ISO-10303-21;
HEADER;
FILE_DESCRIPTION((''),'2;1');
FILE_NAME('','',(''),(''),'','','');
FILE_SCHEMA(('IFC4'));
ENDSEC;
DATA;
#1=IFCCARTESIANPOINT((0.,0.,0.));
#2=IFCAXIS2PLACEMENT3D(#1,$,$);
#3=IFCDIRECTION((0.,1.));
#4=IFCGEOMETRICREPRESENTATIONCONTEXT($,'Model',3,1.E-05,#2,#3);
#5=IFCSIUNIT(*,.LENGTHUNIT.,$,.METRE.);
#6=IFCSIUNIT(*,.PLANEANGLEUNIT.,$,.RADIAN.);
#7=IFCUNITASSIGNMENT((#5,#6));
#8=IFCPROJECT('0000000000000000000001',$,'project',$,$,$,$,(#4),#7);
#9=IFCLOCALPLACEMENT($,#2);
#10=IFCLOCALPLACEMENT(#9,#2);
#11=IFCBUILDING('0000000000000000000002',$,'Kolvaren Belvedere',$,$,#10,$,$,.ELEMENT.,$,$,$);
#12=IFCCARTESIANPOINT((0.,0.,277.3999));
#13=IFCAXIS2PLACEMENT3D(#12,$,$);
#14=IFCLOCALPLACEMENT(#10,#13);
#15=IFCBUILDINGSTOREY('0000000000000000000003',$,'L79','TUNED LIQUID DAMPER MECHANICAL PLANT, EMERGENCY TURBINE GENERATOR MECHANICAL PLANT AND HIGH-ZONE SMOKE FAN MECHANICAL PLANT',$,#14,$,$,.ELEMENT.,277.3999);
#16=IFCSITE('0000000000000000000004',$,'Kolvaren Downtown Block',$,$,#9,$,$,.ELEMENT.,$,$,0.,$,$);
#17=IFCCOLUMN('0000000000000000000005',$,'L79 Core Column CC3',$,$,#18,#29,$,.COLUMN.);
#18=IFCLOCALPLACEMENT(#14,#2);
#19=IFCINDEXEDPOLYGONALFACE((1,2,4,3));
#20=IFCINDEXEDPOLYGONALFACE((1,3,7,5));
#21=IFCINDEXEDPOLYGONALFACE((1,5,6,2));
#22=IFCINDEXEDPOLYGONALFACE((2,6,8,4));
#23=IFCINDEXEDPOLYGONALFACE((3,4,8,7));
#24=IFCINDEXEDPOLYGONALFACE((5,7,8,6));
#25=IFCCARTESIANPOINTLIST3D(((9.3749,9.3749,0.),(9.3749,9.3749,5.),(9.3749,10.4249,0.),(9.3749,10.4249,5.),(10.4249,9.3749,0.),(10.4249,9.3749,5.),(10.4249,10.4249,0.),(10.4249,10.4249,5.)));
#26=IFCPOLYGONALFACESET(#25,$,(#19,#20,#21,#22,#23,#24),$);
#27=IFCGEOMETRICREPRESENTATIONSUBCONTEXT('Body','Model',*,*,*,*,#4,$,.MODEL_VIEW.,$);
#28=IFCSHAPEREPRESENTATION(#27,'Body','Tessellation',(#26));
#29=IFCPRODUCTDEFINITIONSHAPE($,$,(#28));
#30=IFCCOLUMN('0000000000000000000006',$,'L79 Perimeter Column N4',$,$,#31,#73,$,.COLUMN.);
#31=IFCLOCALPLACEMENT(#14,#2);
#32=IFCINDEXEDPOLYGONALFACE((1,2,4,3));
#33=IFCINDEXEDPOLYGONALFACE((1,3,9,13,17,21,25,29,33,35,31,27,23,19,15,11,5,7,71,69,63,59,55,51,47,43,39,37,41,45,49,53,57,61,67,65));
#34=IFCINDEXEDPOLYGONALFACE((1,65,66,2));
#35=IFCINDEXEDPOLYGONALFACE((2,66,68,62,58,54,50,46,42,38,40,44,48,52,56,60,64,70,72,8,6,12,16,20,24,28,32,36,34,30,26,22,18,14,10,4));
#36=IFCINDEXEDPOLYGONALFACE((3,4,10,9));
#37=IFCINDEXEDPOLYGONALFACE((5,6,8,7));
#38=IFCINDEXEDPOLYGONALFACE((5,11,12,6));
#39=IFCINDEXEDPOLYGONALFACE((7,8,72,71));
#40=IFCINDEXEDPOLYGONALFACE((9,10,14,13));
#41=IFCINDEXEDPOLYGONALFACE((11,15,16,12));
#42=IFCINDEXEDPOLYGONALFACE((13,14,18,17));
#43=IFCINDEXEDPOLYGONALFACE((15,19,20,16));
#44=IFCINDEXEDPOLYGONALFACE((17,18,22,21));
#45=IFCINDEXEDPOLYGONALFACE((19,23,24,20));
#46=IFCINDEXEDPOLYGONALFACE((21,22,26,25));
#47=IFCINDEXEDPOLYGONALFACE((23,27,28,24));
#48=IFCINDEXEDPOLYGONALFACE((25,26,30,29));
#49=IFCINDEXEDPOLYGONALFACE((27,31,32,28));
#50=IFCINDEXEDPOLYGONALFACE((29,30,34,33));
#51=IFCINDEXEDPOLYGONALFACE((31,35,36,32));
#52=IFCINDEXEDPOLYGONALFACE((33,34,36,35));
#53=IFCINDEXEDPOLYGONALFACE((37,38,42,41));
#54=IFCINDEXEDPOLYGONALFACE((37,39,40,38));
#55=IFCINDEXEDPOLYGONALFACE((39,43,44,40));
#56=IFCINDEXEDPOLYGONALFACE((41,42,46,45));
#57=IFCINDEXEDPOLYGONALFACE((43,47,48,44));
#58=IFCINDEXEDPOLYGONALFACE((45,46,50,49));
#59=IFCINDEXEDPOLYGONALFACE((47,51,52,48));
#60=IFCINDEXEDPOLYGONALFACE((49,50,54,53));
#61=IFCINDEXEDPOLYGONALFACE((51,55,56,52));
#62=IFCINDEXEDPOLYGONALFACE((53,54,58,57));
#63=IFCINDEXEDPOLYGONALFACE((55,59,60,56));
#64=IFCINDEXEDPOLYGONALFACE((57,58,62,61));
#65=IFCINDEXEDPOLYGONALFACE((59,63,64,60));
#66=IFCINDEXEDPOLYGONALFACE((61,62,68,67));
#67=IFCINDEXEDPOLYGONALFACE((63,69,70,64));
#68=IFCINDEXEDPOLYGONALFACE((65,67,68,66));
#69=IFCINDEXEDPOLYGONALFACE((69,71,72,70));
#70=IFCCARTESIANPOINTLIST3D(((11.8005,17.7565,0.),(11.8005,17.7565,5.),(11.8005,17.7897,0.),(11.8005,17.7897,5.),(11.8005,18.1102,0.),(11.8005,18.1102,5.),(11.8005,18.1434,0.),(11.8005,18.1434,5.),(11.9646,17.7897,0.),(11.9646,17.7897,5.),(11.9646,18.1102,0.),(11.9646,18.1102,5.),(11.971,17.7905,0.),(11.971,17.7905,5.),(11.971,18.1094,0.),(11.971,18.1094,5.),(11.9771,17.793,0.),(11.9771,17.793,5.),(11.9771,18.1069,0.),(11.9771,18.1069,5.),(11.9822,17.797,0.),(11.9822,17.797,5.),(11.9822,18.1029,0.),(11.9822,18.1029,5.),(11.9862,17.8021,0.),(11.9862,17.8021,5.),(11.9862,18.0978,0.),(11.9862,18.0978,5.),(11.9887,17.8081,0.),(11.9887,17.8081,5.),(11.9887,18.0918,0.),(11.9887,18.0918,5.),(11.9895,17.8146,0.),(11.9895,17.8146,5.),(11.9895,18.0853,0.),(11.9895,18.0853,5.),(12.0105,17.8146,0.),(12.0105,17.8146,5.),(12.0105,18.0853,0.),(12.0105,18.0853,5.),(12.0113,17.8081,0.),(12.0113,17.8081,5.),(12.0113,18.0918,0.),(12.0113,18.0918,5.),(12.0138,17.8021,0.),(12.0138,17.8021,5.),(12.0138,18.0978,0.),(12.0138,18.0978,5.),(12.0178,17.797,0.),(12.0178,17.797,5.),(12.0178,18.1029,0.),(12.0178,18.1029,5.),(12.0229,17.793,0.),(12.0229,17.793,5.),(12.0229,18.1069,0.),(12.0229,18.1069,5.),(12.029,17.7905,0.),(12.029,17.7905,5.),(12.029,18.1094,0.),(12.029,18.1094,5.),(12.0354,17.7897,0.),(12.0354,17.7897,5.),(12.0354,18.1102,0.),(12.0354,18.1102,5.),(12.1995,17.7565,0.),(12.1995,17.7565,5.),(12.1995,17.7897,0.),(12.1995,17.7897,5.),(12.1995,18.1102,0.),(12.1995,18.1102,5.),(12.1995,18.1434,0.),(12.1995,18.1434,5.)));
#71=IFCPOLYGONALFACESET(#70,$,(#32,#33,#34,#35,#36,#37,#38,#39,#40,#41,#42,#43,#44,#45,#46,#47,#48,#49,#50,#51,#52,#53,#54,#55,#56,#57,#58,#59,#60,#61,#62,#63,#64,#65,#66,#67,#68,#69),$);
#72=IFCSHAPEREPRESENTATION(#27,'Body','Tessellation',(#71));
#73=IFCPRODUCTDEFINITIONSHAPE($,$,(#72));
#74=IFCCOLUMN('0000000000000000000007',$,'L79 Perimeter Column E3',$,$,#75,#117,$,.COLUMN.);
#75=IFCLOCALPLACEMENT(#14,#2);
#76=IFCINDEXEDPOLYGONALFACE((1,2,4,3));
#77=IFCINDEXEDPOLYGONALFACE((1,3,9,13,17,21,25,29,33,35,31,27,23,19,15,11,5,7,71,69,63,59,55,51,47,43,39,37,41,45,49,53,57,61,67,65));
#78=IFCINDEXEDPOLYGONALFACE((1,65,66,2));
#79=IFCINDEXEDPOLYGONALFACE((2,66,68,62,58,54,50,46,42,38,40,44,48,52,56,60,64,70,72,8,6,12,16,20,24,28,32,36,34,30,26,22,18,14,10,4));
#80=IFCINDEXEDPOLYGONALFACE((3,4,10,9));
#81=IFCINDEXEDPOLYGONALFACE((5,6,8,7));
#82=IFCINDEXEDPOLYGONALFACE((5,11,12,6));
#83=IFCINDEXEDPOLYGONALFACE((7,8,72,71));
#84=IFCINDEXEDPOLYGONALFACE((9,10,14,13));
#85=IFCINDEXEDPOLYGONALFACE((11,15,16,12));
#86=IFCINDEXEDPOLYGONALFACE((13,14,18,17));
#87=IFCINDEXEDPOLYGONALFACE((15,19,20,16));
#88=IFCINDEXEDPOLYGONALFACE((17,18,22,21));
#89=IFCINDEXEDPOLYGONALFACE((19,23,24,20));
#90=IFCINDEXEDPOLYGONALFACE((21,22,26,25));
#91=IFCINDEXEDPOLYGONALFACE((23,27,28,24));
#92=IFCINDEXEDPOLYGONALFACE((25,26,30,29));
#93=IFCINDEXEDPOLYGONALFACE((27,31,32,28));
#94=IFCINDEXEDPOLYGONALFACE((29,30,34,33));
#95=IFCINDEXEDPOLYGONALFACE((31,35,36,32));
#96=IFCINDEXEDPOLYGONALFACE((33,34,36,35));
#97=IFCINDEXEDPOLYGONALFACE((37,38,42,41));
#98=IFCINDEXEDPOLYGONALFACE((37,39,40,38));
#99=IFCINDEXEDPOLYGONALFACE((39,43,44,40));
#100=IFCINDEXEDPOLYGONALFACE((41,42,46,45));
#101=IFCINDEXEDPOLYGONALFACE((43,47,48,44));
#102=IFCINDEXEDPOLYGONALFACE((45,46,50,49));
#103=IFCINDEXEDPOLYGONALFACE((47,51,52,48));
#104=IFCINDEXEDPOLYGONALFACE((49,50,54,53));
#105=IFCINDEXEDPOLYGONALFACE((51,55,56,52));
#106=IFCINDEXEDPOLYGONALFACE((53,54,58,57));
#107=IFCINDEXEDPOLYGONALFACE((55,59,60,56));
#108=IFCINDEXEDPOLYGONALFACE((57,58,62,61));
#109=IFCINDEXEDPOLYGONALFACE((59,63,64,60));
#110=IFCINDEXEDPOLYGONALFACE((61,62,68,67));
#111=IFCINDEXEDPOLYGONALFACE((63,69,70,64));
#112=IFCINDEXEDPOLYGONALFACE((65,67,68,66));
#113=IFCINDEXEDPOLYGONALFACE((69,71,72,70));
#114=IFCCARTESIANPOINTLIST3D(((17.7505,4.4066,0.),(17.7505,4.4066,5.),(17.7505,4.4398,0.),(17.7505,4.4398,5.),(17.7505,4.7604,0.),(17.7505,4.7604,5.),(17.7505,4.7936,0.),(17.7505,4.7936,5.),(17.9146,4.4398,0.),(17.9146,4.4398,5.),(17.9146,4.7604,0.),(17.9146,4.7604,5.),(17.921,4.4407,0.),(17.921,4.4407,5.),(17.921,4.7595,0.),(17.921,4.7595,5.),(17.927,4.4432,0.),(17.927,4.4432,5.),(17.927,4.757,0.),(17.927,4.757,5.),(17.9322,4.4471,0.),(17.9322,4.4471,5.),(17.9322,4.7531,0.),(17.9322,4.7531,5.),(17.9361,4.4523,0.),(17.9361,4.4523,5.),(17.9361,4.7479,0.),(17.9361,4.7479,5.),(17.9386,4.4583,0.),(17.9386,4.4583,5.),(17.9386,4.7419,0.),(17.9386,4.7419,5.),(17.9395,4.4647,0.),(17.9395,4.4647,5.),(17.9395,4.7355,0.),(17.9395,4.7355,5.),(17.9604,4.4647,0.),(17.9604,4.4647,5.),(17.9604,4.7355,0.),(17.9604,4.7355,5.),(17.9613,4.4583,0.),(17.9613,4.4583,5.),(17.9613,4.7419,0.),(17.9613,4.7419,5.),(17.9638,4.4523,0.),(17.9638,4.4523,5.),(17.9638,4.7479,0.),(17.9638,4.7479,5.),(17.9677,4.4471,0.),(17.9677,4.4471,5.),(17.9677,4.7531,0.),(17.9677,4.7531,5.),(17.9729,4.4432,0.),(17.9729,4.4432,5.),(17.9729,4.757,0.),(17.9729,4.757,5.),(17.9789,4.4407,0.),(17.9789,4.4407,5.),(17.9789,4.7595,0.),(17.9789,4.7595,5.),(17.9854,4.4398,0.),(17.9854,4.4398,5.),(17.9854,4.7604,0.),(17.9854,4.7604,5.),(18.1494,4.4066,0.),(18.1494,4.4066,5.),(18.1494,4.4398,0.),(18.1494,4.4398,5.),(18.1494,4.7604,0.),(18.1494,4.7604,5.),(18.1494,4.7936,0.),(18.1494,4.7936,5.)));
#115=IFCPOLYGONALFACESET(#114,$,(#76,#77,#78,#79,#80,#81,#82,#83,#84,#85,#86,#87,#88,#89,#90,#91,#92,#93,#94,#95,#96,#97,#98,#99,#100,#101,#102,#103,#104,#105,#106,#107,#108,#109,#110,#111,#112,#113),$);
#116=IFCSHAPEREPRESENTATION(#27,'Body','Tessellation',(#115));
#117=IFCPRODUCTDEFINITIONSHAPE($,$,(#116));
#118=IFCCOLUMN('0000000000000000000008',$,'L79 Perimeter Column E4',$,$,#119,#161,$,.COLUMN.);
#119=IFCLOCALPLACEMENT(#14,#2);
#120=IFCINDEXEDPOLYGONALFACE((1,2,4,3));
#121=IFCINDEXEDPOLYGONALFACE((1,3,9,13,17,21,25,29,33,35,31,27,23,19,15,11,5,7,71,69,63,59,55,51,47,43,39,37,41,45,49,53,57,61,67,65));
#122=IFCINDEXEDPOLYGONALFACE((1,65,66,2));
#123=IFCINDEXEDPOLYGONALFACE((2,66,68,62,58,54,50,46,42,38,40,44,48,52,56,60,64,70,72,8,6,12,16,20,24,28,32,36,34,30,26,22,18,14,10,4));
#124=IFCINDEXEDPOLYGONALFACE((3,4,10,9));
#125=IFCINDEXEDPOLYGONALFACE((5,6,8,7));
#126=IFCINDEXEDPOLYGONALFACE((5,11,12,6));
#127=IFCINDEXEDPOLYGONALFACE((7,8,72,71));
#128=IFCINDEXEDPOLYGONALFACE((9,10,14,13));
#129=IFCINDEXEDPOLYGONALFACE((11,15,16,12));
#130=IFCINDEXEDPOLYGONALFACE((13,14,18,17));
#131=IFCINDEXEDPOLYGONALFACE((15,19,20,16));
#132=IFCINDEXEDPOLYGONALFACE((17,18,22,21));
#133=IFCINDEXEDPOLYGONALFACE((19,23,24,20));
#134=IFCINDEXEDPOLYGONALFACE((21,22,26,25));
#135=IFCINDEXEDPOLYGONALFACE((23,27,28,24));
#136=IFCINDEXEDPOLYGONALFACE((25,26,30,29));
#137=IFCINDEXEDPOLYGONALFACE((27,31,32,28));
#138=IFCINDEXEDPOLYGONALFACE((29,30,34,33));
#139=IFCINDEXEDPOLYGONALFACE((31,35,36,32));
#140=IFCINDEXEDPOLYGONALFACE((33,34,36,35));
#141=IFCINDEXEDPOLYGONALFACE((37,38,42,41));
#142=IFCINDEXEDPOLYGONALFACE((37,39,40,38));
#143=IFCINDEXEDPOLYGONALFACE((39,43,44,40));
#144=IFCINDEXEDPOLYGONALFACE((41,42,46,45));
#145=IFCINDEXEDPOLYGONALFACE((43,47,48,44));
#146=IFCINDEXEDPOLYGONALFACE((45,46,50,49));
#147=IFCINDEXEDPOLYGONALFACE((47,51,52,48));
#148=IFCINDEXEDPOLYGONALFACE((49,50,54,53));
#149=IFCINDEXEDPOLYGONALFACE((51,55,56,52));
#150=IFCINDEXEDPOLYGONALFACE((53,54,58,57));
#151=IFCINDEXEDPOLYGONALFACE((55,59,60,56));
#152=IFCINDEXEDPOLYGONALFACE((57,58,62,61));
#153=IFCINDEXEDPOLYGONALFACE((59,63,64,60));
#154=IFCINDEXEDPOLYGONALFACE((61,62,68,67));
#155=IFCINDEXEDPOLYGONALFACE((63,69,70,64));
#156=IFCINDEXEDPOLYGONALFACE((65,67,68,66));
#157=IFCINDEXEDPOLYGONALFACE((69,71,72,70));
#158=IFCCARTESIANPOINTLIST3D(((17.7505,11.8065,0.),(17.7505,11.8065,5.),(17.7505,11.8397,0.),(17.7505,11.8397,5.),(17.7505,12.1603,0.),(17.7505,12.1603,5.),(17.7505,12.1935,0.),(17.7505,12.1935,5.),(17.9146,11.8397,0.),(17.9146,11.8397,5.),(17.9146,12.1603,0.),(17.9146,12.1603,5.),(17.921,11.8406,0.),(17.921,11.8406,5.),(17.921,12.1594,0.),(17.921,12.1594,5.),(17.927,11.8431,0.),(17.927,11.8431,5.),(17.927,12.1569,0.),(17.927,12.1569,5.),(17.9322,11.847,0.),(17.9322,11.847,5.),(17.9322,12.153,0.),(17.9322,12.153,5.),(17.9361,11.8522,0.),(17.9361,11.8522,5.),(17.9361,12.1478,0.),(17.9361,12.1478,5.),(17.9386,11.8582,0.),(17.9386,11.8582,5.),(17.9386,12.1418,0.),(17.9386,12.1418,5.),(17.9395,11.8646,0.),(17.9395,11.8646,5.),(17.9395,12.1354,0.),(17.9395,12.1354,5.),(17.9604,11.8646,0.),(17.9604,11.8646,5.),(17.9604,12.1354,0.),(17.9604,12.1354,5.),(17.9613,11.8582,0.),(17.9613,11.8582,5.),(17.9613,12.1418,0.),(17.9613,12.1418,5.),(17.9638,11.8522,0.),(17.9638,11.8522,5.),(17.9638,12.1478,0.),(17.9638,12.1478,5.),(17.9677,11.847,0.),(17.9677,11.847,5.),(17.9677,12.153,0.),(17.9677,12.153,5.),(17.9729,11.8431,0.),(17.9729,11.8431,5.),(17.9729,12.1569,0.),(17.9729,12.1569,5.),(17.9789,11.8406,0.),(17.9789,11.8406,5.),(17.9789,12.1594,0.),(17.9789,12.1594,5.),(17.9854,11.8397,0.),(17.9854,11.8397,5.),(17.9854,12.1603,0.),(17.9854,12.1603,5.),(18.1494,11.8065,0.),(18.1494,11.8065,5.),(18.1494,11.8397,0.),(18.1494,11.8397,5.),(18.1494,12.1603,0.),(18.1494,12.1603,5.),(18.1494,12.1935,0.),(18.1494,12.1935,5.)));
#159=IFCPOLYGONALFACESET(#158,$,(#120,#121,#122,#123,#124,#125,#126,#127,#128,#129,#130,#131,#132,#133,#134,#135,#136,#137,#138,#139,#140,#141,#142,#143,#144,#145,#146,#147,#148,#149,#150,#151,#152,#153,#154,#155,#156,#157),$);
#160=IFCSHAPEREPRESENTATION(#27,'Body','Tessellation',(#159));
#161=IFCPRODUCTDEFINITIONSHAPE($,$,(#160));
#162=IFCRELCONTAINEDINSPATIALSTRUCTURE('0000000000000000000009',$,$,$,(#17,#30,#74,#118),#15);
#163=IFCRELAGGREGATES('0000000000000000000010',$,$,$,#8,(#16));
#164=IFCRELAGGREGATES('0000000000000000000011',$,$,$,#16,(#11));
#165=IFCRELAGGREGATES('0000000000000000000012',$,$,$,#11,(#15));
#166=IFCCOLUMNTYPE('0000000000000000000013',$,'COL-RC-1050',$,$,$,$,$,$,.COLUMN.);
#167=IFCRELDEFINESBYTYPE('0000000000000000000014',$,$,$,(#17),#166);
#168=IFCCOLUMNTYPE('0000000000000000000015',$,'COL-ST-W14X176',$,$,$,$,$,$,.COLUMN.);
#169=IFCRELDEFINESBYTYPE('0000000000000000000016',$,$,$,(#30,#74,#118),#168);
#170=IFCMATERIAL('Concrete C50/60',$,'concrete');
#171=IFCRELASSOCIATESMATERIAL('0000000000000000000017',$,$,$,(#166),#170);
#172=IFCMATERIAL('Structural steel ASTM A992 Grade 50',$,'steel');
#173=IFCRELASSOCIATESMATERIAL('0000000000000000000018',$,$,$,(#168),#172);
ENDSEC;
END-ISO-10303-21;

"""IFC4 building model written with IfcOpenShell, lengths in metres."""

from ifc_helpers import new_model, si_unit, direction, frame, origin, origin_2d, place, context, subcontext, project, spatial, rectangle, i_section, extrude, material, material_profile, profile_set, type_object, element, save


model = new_model("IFC4")

# Units and contexts
model_context = context("Model", 3, precision=1e-05, world=origin(), true_north=direction((0.0, 1.0)))
body_context = subcontext(model_context, "Body", "Model", "MODEL_VIEW")
ifc_project = project(units=[si_unit("LENGTHUNIT", "METRE"), si_unit("PLANEANGLEUNIT", "RADIAN")], contexts=[model_context])

# Site, building, storey
site_placement = place(None, origin())
site = spatial("IfcSite", under=ifc_project, at=site_placement, Name="Kolvaren Downtown Block", CompositionType="ELEMENT", RefElevation=0.0)
building_placement = place(site_placement, origin())
building = spatial("IfcBuilding", under=site, at=building_placement, Name="Kolvaren Belvedere", CompositionType="ELEMENT")
storey_placement = place(building_placement, frame((0.0, 0.0, 277.3999)))
storey = spatial("IfcBuildingStorey", under=building, at=storey_placement, Name="L79", Description="TUNED LIQUID DAMPER MECHANICAL PLANT, EMERGENCY TURBINE GENERATOR MECHANICAL PLANT AND HIGH-ZONE SMOKE FAN MECHANICAL PLANT", CompositionType="ELEMENT", Elevation=277.3999)

# Columns
ifc_material_1 = material(Name="Concrete C50/60", Category="concrete")
ifc_material_profile_1 = material_profile(ifc_material_1, rectangle(XDim=1.05, YDim=1.05, at=origin_2d()), Name="RC 1050X1050")
ifc_profile_set_1 = profile_set([ifc_material_profile_1], Name="Concrete C50/60")
column_type_1 = type_object("IfcColumnType", Name="COL-RC-1050", PredefinedType="COLUMN", material=ifc_profile_set_1)
column_placement = place(storey_placement, frame((9.8999, 9.8999, 0.0), z_axis=(0.0, 0.0, 1.0), x_axis=(1.0, 0.0, 0.0)))
element("IfcColumn", 1, at=column_placement, inside=storey, type_object=column_type_1, Name="L79 Core Column CC3", PredefinedType="COLUMN", context=body_context, shape_type="SweptSolid", body=[
    extrude(rectangle(XDim=1.05, YDim=1.05, at=origin_2d()), origin(), (0.0, 0.0, 1.0), 5.0),
])
ifc_material_2 = material(Name="Structural steel ASTM A992 Grade 50", Category="steel")
ifc_material_profile_2 = material_profile(ifc_material_2, i_section(OverallWidth=0.3989, OverallDepth=0.387, WebThickness=0.021, FlangeThickness=0.0332, FilletRadius=0.0249, at=origin_2d()), Name="W14X176")
ifc_profile_set_2 = profile_set([ifc_material_profile_2], Name="Structural steel ASTM A992 Grade 50")
column_type_2 = type_object("IfcColumnType", Name="COL-ST-W14X176", PredefinedType="COLUMN", material=ifc_profile_set_2)
for number, where, z_axis, x_axis, name in (
    (2, (12.0, 17.95, 0.0), (0.0, 0.0, 1.0), (1.0, 0.0, 0.0), "L79 Perimeter Column N4"),
    (3, (17.95, 4.6001, 0.0), (0.0, 0.0, 1.0), (1.0, 0.0, 0.0), "L79 Perimeter Column E3"),
    (4, (17.95, 12.0, 0.0), (0.0, 0.0, 1.0), (1.0, 0.0, 0.0), "L79 Perimeter Column E4"),
):
    element("IfcColumn", number, at=place(storey_placement, frame(where, z_axis=z_axis, x_axis=x_axis)), inside=storey, type_object=column_type_2, Name=name, PredefinedType="COLUMN", context=body_context, shape_type="SweptSolid", body=[
        extrude(i_section(OverallWidth=0.3989, OverallDepth=0.387, WebThickness=0.021, FlangeThickness=0.0332, FilletRadius=0.0249, at=origin_2d()), origin(), (0.0, 0.0, 1.0), 5.0),
    ])

save(model, "model.ifc")
